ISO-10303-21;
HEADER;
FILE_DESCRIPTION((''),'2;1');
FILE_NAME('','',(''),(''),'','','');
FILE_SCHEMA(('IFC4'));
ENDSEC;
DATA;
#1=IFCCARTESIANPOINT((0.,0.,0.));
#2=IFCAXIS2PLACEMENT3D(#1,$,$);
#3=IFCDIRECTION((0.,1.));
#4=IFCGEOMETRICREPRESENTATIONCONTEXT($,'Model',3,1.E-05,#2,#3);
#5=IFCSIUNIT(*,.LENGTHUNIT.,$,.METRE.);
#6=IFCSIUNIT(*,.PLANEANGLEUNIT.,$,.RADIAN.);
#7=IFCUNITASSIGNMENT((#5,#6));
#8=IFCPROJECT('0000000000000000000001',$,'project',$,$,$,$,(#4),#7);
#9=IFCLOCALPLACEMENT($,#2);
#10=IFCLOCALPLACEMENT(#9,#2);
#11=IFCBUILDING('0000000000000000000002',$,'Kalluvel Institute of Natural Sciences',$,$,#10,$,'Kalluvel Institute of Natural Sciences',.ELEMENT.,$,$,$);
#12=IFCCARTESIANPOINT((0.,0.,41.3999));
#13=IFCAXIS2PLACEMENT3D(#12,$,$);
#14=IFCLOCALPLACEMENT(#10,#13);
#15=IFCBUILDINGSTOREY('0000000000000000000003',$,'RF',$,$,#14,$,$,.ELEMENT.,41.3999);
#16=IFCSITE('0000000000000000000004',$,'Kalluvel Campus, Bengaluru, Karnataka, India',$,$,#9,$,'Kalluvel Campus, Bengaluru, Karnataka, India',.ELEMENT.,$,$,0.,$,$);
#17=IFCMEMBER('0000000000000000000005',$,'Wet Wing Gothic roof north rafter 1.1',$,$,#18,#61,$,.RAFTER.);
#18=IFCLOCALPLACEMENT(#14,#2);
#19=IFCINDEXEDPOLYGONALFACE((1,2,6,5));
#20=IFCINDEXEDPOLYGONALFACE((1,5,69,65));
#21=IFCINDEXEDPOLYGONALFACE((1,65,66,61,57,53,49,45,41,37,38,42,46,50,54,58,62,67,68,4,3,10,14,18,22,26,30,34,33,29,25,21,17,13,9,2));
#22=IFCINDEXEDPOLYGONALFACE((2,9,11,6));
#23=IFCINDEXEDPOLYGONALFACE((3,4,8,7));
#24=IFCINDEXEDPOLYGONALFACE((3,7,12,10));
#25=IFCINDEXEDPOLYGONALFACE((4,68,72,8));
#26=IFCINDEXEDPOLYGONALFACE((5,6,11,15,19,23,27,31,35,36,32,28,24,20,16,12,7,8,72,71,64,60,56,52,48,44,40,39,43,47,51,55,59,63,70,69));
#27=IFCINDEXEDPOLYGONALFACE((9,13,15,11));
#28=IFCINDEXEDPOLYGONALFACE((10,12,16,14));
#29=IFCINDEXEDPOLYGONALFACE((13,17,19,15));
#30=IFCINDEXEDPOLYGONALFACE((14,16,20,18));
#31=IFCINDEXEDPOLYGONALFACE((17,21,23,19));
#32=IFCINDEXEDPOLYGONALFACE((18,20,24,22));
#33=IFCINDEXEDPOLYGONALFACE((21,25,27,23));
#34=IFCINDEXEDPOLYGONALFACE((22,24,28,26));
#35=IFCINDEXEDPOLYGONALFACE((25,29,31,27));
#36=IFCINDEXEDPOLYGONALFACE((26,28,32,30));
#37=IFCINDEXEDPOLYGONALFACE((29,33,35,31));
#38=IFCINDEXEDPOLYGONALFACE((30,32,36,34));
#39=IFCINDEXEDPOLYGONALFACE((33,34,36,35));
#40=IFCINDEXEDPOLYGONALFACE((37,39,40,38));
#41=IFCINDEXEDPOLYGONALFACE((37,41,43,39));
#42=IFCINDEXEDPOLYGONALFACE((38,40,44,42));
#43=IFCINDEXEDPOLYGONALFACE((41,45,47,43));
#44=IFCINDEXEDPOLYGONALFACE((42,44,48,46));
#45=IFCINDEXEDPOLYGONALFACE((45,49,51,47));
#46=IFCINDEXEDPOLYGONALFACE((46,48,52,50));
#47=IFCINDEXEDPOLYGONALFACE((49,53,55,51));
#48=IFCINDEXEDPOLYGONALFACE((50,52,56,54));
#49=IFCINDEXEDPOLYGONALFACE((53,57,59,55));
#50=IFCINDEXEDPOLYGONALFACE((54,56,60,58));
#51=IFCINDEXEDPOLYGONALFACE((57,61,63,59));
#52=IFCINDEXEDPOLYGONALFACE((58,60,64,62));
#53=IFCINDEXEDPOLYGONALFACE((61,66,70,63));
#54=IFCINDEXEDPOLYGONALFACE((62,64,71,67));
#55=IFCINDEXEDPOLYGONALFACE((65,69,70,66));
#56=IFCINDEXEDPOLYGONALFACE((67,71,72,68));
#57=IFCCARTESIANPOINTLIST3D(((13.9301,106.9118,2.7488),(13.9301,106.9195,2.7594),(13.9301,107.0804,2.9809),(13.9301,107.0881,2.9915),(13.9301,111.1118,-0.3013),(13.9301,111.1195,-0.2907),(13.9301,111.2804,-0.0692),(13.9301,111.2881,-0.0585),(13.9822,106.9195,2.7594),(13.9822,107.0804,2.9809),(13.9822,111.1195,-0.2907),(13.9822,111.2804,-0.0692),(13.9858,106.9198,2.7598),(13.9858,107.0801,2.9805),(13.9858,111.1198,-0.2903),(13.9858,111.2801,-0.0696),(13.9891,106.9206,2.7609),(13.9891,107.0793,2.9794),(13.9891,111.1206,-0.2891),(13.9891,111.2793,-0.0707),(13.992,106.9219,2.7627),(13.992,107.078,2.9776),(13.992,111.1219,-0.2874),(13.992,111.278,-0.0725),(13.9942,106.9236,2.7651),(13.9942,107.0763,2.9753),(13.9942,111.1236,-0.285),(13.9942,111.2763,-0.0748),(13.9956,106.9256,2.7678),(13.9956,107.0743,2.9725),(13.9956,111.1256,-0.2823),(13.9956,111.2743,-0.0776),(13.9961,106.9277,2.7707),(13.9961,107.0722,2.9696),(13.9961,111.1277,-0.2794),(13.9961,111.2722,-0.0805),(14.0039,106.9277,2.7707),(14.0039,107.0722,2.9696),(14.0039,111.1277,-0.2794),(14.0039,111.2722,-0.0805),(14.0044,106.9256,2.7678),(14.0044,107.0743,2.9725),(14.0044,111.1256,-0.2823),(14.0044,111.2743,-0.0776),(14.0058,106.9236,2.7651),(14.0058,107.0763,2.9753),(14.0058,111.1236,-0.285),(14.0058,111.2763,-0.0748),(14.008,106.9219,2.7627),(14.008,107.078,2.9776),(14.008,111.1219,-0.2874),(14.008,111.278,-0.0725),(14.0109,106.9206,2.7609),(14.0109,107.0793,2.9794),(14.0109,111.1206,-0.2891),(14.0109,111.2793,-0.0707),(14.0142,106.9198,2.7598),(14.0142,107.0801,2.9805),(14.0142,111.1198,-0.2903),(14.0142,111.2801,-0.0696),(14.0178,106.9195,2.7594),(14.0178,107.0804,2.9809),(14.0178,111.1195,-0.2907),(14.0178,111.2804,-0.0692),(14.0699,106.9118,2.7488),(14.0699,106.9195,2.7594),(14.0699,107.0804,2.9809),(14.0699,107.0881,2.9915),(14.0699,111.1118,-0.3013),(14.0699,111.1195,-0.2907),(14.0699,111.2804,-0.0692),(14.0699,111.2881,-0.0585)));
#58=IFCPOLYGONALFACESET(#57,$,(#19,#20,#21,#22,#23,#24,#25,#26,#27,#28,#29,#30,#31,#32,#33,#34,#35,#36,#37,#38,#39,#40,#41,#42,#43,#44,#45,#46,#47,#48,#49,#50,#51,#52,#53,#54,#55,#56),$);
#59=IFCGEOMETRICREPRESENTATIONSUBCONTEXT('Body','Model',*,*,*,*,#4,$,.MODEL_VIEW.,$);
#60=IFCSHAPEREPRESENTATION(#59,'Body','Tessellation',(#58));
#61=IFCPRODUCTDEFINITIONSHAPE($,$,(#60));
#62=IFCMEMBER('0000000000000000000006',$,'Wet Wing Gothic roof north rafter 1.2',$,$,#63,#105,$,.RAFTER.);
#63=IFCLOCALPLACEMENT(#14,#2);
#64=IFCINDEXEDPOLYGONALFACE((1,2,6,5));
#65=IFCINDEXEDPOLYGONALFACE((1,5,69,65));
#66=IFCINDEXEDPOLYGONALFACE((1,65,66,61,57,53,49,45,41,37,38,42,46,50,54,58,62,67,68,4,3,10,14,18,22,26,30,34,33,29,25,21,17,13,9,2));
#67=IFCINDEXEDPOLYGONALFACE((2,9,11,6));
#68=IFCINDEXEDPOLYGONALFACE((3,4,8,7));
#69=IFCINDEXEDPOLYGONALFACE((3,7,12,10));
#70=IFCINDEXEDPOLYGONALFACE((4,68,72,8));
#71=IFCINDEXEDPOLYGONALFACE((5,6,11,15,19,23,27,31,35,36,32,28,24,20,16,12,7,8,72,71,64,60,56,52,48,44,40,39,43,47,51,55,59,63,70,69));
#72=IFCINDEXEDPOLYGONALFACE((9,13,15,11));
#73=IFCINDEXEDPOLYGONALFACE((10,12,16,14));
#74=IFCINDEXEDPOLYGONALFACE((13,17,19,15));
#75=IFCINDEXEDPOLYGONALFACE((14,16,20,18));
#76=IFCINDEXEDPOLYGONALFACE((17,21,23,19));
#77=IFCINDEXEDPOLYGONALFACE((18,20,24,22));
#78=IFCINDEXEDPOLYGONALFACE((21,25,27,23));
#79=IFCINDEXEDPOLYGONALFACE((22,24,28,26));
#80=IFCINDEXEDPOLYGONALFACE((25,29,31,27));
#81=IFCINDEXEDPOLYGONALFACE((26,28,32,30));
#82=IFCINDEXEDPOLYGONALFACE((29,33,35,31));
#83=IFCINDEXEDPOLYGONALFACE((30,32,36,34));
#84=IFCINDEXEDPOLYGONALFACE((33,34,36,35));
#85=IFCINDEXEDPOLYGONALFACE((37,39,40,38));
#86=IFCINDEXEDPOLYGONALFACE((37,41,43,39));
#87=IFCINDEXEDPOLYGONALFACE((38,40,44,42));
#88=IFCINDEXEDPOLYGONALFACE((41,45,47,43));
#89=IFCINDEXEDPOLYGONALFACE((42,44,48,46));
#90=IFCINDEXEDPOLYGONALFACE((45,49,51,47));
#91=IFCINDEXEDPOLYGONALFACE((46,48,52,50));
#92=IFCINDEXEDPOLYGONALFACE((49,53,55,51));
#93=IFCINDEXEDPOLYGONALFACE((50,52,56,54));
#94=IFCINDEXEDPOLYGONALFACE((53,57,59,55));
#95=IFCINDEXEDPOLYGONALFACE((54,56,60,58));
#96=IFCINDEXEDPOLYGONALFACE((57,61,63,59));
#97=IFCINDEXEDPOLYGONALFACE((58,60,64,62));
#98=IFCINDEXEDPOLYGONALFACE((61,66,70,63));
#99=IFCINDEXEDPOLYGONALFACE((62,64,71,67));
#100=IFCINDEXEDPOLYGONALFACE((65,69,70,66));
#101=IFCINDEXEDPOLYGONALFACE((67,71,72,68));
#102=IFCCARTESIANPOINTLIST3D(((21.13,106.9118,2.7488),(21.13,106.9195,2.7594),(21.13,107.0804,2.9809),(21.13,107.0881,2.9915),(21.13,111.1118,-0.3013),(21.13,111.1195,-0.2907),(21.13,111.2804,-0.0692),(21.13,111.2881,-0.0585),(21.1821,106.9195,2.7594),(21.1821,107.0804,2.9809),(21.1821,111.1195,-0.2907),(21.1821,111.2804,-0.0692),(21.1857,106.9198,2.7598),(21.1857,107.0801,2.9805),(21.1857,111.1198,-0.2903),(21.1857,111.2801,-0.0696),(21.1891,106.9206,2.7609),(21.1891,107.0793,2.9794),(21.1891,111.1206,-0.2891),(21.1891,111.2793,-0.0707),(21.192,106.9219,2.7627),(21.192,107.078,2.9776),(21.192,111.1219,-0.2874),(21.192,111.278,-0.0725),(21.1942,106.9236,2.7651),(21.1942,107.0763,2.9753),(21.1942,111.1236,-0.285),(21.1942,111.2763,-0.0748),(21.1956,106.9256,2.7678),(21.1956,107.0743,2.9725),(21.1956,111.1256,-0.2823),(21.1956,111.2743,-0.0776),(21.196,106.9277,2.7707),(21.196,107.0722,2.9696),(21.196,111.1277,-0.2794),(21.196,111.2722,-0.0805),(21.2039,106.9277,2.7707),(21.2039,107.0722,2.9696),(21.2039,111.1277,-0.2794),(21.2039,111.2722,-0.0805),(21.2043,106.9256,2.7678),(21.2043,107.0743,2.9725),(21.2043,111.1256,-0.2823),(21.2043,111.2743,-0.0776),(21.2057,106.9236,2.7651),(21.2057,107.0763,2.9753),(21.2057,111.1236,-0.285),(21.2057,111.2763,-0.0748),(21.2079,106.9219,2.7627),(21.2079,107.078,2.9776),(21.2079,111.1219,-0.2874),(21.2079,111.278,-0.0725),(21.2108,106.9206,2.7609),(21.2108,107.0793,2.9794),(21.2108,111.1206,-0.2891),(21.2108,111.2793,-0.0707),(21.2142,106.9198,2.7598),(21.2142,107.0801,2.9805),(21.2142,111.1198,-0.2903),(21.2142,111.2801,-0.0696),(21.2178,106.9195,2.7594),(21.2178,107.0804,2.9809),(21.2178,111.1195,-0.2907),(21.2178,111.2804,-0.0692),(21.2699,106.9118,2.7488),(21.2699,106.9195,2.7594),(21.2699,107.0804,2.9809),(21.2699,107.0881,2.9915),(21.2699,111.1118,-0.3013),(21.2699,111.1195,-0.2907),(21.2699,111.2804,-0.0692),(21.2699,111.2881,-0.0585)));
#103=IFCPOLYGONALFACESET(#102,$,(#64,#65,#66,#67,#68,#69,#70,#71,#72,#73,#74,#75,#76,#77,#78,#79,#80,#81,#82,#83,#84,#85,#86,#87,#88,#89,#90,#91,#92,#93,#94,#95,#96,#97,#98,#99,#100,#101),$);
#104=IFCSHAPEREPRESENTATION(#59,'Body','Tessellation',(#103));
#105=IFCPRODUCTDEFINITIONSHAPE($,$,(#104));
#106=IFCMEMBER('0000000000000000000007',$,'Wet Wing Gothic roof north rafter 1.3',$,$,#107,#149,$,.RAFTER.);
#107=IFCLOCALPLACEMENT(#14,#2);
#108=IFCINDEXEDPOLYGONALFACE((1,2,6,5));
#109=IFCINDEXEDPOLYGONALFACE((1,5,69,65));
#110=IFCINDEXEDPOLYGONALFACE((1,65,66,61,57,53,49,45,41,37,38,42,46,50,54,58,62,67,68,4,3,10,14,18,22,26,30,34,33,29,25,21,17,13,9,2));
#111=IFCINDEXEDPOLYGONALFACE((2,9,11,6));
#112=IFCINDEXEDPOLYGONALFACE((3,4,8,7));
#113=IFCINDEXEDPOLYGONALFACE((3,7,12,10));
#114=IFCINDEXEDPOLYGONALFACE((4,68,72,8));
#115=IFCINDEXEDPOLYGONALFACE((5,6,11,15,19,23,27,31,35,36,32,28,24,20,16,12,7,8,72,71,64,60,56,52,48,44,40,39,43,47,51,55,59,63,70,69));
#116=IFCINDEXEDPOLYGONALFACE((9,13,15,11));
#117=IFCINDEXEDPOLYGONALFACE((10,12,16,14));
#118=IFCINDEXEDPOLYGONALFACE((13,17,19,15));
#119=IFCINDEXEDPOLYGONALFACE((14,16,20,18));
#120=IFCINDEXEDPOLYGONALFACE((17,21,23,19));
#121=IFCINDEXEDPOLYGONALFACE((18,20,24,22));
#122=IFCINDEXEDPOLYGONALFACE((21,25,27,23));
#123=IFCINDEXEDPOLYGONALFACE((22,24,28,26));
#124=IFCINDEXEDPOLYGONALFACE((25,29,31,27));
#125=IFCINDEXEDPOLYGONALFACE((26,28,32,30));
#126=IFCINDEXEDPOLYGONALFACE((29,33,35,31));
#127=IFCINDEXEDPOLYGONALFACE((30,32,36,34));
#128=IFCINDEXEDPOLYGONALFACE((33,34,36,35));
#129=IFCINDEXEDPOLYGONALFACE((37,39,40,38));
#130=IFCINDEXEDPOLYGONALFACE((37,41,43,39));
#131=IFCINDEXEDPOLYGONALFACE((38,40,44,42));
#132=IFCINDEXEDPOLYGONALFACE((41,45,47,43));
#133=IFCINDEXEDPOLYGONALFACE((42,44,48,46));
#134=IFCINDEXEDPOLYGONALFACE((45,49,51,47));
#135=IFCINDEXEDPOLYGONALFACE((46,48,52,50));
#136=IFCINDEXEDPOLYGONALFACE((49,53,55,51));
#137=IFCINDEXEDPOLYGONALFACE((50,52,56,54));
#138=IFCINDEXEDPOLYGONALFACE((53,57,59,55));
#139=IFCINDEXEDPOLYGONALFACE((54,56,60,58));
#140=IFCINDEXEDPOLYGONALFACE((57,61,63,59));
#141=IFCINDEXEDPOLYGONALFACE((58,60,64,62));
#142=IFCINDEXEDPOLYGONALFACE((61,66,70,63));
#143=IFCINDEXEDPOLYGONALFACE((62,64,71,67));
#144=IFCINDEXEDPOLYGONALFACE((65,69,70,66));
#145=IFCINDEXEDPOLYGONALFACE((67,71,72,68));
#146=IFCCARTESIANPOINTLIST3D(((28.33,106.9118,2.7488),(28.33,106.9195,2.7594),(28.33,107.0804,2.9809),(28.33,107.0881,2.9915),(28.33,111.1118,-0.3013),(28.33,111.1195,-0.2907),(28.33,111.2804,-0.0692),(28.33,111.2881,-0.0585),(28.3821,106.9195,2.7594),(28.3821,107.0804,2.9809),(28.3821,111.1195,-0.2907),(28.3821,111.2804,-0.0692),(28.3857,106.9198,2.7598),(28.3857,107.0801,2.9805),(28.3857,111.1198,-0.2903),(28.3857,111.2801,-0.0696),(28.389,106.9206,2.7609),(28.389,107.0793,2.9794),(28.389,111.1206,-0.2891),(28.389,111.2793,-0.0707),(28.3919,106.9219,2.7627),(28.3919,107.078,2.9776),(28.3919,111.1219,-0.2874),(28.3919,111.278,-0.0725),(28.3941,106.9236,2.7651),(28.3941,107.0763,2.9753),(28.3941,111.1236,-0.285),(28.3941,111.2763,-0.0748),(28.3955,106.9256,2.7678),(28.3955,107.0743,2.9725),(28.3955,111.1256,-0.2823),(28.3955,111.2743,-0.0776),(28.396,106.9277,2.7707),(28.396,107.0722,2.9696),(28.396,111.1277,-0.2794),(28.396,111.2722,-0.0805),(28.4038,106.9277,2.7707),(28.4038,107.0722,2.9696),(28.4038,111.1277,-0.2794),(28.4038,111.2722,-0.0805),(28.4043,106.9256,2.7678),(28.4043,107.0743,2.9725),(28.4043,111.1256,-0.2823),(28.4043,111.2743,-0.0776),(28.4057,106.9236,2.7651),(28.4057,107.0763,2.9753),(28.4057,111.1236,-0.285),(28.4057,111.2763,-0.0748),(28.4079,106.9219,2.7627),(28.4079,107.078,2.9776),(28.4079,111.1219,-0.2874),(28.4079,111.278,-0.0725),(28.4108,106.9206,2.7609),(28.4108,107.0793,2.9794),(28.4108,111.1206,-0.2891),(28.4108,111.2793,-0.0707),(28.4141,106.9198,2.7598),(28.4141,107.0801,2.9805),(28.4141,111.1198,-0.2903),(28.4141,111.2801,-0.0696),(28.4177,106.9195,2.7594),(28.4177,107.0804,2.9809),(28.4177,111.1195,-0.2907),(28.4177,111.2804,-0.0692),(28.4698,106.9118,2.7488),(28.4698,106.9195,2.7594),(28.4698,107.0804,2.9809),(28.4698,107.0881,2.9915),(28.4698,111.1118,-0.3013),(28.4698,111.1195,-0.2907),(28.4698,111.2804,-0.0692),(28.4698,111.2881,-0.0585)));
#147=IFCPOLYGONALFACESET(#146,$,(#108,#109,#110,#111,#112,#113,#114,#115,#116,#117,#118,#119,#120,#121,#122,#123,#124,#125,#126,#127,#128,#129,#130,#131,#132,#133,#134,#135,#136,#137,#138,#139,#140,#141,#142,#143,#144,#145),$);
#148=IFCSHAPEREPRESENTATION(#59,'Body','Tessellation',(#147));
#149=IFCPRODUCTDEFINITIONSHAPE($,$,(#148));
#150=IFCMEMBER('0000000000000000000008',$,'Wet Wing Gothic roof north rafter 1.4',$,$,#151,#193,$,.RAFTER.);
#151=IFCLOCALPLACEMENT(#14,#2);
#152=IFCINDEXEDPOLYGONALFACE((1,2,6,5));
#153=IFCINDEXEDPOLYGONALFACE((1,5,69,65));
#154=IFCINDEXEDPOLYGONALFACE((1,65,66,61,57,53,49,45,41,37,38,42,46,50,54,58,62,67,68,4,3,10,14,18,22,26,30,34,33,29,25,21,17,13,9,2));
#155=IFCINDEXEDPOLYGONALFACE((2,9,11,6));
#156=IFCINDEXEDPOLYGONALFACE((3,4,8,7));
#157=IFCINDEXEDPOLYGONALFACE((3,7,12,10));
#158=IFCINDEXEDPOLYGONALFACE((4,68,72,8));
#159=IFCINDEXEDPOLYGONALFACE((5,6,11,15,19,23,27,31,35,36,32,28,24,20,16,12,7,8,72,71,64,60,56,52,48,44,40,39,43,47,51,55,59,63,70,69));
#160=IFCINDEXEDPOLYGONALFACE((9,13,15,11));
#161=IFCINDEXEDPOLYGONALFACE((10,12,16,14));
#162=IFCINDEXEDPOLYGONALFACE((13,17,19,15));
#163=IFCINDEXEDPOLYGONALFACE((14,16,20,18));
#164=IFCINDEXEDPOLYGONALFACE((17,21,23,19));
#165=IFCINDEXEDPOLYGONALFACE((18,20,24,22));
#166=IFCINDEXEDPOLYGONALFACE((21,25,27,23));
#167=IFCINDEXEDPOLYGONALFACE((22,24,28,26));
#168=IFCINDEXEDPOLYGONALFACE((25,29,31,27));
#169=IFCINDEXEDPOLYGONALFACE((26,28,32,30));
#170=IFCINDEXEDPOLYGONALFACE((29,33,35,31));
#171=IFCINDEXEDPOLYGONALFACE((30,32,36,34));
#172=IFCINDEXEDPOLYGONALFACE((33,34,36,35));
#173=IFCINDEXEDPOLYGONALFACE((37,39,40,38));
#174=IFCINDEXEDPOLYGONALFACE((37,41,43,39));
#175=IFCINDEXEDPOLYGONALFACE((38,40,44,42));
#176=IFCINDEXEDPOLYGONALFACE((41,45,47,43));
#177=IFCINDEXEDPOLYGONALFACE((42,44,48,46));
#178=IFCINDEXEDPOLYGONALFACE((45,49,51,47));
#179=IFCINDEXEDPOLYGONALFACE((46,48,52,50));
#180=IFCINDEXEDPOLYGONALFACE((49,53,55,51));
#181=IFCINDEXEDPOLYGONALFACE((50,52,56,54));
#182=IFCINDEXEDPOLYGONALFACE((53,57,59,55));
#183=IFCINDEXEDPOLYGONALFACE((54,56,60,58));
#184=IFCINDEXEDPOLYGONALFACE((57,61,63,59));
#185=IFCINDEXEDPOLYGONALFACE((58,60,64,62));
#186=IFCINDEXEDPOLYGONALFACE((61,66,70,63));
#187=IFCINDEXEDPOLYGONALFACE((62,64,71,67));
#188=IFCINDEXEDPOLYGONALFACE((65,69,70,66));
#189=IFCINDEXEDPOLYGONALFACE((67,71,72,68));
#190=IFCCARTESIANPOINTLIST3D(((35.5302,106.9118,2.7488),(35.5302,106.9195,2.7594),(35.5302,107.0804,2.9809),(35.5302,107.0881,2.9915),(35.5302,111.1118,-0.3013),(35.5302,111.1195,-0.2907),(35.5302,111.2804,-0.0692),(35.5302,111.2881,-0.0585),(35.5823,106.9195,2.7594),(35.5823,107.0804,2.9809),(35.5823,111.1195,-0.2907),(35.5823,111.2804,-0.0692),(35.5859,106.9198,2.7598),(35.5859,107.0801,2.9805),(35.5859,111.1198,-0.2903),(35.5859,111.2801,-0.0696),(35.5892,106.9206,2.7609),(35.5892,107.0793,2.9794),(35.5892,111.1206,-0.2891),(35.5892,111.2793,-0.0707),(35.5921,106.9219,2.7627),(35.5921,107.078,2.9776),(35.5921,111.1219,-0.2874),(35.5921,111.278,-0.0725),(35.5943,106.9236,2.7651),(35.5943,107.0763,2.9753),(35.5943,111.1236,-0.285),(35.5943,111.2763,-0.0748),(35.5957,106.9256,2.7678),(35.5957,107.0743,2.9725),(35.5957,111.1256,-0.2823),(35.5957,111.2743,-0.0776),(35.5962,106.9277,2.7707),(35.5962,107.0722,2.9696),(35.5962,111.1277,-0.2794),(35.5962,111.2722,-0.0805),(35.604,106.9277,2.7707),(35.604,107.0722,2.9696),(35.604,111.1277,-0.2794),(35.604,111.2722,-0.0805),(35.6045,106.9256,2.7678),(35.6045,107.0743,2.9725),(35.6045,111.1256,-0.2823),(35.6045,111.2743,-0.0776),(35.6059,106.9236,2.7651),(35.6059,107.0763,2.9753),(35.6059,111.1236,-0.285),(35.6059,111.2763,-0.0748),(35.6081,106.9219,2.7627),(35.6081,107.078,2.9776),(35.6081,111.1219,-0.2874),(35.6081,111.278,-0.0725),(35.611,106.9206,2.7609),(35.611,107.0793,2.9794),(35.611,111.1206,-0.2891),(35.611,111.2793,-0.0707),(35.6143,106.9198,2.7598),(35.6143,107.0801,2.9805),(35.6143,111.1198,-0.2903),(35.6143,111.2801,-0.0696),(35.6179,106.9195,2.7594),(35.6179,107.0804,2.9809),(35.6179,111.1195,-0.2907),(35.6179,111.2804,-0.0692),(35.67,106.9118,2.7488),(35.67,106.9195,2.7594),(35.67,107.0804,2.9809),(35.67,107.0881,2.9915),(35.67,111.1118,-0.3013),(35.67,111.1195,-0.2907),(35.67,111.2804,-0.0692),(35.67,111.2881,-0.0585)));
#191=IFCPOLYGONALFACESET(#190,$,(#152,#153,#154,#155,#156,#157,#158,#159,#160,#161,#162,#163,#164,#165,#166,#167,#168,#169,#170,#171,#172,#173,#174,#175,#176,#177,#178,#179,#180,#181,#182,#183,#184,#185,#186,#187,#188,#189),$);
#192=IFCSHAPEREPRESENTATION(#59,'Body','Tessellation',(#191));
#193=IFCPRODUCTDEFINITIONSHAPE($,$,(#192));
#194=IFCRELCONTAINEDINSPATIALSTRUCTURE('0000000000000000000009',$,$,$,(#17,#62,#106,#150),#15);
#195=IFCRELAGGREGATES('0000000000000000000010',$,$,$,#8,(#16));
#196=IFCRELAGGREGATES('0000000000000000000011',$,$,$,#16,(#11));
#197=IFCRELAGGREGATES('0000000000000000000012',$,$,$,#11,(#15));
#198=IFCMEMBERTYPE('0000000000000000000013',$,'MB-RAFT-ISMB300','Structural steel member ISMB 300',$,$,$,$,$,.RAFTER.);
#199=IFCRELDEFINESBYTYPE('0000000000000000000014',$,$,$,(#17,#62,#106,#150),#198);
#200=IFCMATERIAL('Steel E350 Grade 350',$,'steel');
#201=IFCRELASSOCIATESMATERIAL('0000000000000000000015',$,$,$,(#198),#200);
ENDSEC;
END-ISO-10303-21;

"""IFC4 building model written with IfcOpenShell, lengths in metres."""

from ifc_helpers import new_model, si_unit, direction, frame, origin, origin_2d, place, context, subcontext, project, spatial, i_section, extrude, material, material_profile, profile_set, type_object, element, save


model = new_model("IFC4")

# Units and contexts
model_context = context("Model", 3, precision=1e-05, world=origin(), true_north=direction((0.0, 1.0)))
body_context = subcontext(model_context, "Body", "Model", "MODEL_VIEW")
ifc_project = project(units=[si_unit("LENGTHUNIT", "METRE"), si_unit("PLANEANGLEUNIT", "RADIAN")], contexts=[model_context])

# Site, building, storey
site_placement = place(None, origin())
site = spatial("IfcSite", under=ifc_project, at=site_placement, Name="Kalluvel Campus, Bengaluru, Karnataka, India", LongName="Kalluvel Campus, Bengaluru, Karnataka, India", CompositionType="ELEMENT", RefElevation=0.0)
building_placement = place(site_placement, origin())
building = spatial("IfcBuilding", under=site, at=building_placement, Name="Kalluvel Institute of Natural Sciences", LongName="Kalluvel Institute of Natural Sciences", CompositionType="ELEMENT")
storey_placement = place(building_placement, frame((0.0, 0.0, 41.3999)))
storey = spatial("IfcBuildingStorey", under=building, at=storey_placement, Name="RF", CompositionType="ELEMENT", Elevation=41.3999)

# Shared definitions
ifc_material_1 = material(Name="Steel E350 Grade 350", Category="steel")

# Members
ifc_material_profile_1 = material_profile(ifc_material_1, i_section(OverallWidth=0.1399, OverallDepth=0.3, WebThickness=0.0078, FlangeThickness=0.0132, FilletRadius=0.0139, at=origin_2d()), Name="ISMB 300")
ifc_profile_set_1 = profile_set([ifc_material_profile_1], Name="Steel E350 Grade 350")
member_type_1 = type_object("IfcMemberType", Name="MB-RAFT-ISMB300", Description="Structural steel member ISMB 300", PredefinedType="RAFTER", material=ifc_profile_set_1)
for number, where, z_axis, x_axis, name in (
    (1, (14.0, 111.2, -0.1799), (0.0, -0.809145, 0.587609), (1.0, 0.0, 0.0), "Wet Wing Gothic roof north rafter 1.1"),
    (2, (21.2, 111.2, -0.1799), (0.0, -0.809145, 0.587609), (1.0, 0.0, 0.0), "Wet Wing Gothic roof north rafter 1.2"),
    (3, (28.3999, 111.2, -0.1799), (0.0, -0.809145, 0.587609), (1.0, 0.0, 0.0), "Wet Wing Gothic roof north rafter 1.3"),
    (4, (35.6001, 111.2, -0.1799), (0.0, -0.809145, 0.587609), (1.0, 0.0, 0.0), "Wet Wing Gothic roof north rafter 1.4"),
):
    element("IfcMember", number, at=place(storey_placement, frame(where, z_axis=z_axis, x_axis=x_axis)), inside=storey, type_object=member_type_1, Name=name, PredefinedType="RAFTER", context=body_context, shape_type="SweptSolid", body=[
        extrude(i_section(OverallWidth=0.1399, OverallDepth=0.3, WebThickness=0.0078, FlangeThickness=0.0132, FilletRadius=0.0139, at=origin_2d()), origin(), (0.0, 0.0, 1.0), 5.1907),
    ])

save(model, "model.ifc")
